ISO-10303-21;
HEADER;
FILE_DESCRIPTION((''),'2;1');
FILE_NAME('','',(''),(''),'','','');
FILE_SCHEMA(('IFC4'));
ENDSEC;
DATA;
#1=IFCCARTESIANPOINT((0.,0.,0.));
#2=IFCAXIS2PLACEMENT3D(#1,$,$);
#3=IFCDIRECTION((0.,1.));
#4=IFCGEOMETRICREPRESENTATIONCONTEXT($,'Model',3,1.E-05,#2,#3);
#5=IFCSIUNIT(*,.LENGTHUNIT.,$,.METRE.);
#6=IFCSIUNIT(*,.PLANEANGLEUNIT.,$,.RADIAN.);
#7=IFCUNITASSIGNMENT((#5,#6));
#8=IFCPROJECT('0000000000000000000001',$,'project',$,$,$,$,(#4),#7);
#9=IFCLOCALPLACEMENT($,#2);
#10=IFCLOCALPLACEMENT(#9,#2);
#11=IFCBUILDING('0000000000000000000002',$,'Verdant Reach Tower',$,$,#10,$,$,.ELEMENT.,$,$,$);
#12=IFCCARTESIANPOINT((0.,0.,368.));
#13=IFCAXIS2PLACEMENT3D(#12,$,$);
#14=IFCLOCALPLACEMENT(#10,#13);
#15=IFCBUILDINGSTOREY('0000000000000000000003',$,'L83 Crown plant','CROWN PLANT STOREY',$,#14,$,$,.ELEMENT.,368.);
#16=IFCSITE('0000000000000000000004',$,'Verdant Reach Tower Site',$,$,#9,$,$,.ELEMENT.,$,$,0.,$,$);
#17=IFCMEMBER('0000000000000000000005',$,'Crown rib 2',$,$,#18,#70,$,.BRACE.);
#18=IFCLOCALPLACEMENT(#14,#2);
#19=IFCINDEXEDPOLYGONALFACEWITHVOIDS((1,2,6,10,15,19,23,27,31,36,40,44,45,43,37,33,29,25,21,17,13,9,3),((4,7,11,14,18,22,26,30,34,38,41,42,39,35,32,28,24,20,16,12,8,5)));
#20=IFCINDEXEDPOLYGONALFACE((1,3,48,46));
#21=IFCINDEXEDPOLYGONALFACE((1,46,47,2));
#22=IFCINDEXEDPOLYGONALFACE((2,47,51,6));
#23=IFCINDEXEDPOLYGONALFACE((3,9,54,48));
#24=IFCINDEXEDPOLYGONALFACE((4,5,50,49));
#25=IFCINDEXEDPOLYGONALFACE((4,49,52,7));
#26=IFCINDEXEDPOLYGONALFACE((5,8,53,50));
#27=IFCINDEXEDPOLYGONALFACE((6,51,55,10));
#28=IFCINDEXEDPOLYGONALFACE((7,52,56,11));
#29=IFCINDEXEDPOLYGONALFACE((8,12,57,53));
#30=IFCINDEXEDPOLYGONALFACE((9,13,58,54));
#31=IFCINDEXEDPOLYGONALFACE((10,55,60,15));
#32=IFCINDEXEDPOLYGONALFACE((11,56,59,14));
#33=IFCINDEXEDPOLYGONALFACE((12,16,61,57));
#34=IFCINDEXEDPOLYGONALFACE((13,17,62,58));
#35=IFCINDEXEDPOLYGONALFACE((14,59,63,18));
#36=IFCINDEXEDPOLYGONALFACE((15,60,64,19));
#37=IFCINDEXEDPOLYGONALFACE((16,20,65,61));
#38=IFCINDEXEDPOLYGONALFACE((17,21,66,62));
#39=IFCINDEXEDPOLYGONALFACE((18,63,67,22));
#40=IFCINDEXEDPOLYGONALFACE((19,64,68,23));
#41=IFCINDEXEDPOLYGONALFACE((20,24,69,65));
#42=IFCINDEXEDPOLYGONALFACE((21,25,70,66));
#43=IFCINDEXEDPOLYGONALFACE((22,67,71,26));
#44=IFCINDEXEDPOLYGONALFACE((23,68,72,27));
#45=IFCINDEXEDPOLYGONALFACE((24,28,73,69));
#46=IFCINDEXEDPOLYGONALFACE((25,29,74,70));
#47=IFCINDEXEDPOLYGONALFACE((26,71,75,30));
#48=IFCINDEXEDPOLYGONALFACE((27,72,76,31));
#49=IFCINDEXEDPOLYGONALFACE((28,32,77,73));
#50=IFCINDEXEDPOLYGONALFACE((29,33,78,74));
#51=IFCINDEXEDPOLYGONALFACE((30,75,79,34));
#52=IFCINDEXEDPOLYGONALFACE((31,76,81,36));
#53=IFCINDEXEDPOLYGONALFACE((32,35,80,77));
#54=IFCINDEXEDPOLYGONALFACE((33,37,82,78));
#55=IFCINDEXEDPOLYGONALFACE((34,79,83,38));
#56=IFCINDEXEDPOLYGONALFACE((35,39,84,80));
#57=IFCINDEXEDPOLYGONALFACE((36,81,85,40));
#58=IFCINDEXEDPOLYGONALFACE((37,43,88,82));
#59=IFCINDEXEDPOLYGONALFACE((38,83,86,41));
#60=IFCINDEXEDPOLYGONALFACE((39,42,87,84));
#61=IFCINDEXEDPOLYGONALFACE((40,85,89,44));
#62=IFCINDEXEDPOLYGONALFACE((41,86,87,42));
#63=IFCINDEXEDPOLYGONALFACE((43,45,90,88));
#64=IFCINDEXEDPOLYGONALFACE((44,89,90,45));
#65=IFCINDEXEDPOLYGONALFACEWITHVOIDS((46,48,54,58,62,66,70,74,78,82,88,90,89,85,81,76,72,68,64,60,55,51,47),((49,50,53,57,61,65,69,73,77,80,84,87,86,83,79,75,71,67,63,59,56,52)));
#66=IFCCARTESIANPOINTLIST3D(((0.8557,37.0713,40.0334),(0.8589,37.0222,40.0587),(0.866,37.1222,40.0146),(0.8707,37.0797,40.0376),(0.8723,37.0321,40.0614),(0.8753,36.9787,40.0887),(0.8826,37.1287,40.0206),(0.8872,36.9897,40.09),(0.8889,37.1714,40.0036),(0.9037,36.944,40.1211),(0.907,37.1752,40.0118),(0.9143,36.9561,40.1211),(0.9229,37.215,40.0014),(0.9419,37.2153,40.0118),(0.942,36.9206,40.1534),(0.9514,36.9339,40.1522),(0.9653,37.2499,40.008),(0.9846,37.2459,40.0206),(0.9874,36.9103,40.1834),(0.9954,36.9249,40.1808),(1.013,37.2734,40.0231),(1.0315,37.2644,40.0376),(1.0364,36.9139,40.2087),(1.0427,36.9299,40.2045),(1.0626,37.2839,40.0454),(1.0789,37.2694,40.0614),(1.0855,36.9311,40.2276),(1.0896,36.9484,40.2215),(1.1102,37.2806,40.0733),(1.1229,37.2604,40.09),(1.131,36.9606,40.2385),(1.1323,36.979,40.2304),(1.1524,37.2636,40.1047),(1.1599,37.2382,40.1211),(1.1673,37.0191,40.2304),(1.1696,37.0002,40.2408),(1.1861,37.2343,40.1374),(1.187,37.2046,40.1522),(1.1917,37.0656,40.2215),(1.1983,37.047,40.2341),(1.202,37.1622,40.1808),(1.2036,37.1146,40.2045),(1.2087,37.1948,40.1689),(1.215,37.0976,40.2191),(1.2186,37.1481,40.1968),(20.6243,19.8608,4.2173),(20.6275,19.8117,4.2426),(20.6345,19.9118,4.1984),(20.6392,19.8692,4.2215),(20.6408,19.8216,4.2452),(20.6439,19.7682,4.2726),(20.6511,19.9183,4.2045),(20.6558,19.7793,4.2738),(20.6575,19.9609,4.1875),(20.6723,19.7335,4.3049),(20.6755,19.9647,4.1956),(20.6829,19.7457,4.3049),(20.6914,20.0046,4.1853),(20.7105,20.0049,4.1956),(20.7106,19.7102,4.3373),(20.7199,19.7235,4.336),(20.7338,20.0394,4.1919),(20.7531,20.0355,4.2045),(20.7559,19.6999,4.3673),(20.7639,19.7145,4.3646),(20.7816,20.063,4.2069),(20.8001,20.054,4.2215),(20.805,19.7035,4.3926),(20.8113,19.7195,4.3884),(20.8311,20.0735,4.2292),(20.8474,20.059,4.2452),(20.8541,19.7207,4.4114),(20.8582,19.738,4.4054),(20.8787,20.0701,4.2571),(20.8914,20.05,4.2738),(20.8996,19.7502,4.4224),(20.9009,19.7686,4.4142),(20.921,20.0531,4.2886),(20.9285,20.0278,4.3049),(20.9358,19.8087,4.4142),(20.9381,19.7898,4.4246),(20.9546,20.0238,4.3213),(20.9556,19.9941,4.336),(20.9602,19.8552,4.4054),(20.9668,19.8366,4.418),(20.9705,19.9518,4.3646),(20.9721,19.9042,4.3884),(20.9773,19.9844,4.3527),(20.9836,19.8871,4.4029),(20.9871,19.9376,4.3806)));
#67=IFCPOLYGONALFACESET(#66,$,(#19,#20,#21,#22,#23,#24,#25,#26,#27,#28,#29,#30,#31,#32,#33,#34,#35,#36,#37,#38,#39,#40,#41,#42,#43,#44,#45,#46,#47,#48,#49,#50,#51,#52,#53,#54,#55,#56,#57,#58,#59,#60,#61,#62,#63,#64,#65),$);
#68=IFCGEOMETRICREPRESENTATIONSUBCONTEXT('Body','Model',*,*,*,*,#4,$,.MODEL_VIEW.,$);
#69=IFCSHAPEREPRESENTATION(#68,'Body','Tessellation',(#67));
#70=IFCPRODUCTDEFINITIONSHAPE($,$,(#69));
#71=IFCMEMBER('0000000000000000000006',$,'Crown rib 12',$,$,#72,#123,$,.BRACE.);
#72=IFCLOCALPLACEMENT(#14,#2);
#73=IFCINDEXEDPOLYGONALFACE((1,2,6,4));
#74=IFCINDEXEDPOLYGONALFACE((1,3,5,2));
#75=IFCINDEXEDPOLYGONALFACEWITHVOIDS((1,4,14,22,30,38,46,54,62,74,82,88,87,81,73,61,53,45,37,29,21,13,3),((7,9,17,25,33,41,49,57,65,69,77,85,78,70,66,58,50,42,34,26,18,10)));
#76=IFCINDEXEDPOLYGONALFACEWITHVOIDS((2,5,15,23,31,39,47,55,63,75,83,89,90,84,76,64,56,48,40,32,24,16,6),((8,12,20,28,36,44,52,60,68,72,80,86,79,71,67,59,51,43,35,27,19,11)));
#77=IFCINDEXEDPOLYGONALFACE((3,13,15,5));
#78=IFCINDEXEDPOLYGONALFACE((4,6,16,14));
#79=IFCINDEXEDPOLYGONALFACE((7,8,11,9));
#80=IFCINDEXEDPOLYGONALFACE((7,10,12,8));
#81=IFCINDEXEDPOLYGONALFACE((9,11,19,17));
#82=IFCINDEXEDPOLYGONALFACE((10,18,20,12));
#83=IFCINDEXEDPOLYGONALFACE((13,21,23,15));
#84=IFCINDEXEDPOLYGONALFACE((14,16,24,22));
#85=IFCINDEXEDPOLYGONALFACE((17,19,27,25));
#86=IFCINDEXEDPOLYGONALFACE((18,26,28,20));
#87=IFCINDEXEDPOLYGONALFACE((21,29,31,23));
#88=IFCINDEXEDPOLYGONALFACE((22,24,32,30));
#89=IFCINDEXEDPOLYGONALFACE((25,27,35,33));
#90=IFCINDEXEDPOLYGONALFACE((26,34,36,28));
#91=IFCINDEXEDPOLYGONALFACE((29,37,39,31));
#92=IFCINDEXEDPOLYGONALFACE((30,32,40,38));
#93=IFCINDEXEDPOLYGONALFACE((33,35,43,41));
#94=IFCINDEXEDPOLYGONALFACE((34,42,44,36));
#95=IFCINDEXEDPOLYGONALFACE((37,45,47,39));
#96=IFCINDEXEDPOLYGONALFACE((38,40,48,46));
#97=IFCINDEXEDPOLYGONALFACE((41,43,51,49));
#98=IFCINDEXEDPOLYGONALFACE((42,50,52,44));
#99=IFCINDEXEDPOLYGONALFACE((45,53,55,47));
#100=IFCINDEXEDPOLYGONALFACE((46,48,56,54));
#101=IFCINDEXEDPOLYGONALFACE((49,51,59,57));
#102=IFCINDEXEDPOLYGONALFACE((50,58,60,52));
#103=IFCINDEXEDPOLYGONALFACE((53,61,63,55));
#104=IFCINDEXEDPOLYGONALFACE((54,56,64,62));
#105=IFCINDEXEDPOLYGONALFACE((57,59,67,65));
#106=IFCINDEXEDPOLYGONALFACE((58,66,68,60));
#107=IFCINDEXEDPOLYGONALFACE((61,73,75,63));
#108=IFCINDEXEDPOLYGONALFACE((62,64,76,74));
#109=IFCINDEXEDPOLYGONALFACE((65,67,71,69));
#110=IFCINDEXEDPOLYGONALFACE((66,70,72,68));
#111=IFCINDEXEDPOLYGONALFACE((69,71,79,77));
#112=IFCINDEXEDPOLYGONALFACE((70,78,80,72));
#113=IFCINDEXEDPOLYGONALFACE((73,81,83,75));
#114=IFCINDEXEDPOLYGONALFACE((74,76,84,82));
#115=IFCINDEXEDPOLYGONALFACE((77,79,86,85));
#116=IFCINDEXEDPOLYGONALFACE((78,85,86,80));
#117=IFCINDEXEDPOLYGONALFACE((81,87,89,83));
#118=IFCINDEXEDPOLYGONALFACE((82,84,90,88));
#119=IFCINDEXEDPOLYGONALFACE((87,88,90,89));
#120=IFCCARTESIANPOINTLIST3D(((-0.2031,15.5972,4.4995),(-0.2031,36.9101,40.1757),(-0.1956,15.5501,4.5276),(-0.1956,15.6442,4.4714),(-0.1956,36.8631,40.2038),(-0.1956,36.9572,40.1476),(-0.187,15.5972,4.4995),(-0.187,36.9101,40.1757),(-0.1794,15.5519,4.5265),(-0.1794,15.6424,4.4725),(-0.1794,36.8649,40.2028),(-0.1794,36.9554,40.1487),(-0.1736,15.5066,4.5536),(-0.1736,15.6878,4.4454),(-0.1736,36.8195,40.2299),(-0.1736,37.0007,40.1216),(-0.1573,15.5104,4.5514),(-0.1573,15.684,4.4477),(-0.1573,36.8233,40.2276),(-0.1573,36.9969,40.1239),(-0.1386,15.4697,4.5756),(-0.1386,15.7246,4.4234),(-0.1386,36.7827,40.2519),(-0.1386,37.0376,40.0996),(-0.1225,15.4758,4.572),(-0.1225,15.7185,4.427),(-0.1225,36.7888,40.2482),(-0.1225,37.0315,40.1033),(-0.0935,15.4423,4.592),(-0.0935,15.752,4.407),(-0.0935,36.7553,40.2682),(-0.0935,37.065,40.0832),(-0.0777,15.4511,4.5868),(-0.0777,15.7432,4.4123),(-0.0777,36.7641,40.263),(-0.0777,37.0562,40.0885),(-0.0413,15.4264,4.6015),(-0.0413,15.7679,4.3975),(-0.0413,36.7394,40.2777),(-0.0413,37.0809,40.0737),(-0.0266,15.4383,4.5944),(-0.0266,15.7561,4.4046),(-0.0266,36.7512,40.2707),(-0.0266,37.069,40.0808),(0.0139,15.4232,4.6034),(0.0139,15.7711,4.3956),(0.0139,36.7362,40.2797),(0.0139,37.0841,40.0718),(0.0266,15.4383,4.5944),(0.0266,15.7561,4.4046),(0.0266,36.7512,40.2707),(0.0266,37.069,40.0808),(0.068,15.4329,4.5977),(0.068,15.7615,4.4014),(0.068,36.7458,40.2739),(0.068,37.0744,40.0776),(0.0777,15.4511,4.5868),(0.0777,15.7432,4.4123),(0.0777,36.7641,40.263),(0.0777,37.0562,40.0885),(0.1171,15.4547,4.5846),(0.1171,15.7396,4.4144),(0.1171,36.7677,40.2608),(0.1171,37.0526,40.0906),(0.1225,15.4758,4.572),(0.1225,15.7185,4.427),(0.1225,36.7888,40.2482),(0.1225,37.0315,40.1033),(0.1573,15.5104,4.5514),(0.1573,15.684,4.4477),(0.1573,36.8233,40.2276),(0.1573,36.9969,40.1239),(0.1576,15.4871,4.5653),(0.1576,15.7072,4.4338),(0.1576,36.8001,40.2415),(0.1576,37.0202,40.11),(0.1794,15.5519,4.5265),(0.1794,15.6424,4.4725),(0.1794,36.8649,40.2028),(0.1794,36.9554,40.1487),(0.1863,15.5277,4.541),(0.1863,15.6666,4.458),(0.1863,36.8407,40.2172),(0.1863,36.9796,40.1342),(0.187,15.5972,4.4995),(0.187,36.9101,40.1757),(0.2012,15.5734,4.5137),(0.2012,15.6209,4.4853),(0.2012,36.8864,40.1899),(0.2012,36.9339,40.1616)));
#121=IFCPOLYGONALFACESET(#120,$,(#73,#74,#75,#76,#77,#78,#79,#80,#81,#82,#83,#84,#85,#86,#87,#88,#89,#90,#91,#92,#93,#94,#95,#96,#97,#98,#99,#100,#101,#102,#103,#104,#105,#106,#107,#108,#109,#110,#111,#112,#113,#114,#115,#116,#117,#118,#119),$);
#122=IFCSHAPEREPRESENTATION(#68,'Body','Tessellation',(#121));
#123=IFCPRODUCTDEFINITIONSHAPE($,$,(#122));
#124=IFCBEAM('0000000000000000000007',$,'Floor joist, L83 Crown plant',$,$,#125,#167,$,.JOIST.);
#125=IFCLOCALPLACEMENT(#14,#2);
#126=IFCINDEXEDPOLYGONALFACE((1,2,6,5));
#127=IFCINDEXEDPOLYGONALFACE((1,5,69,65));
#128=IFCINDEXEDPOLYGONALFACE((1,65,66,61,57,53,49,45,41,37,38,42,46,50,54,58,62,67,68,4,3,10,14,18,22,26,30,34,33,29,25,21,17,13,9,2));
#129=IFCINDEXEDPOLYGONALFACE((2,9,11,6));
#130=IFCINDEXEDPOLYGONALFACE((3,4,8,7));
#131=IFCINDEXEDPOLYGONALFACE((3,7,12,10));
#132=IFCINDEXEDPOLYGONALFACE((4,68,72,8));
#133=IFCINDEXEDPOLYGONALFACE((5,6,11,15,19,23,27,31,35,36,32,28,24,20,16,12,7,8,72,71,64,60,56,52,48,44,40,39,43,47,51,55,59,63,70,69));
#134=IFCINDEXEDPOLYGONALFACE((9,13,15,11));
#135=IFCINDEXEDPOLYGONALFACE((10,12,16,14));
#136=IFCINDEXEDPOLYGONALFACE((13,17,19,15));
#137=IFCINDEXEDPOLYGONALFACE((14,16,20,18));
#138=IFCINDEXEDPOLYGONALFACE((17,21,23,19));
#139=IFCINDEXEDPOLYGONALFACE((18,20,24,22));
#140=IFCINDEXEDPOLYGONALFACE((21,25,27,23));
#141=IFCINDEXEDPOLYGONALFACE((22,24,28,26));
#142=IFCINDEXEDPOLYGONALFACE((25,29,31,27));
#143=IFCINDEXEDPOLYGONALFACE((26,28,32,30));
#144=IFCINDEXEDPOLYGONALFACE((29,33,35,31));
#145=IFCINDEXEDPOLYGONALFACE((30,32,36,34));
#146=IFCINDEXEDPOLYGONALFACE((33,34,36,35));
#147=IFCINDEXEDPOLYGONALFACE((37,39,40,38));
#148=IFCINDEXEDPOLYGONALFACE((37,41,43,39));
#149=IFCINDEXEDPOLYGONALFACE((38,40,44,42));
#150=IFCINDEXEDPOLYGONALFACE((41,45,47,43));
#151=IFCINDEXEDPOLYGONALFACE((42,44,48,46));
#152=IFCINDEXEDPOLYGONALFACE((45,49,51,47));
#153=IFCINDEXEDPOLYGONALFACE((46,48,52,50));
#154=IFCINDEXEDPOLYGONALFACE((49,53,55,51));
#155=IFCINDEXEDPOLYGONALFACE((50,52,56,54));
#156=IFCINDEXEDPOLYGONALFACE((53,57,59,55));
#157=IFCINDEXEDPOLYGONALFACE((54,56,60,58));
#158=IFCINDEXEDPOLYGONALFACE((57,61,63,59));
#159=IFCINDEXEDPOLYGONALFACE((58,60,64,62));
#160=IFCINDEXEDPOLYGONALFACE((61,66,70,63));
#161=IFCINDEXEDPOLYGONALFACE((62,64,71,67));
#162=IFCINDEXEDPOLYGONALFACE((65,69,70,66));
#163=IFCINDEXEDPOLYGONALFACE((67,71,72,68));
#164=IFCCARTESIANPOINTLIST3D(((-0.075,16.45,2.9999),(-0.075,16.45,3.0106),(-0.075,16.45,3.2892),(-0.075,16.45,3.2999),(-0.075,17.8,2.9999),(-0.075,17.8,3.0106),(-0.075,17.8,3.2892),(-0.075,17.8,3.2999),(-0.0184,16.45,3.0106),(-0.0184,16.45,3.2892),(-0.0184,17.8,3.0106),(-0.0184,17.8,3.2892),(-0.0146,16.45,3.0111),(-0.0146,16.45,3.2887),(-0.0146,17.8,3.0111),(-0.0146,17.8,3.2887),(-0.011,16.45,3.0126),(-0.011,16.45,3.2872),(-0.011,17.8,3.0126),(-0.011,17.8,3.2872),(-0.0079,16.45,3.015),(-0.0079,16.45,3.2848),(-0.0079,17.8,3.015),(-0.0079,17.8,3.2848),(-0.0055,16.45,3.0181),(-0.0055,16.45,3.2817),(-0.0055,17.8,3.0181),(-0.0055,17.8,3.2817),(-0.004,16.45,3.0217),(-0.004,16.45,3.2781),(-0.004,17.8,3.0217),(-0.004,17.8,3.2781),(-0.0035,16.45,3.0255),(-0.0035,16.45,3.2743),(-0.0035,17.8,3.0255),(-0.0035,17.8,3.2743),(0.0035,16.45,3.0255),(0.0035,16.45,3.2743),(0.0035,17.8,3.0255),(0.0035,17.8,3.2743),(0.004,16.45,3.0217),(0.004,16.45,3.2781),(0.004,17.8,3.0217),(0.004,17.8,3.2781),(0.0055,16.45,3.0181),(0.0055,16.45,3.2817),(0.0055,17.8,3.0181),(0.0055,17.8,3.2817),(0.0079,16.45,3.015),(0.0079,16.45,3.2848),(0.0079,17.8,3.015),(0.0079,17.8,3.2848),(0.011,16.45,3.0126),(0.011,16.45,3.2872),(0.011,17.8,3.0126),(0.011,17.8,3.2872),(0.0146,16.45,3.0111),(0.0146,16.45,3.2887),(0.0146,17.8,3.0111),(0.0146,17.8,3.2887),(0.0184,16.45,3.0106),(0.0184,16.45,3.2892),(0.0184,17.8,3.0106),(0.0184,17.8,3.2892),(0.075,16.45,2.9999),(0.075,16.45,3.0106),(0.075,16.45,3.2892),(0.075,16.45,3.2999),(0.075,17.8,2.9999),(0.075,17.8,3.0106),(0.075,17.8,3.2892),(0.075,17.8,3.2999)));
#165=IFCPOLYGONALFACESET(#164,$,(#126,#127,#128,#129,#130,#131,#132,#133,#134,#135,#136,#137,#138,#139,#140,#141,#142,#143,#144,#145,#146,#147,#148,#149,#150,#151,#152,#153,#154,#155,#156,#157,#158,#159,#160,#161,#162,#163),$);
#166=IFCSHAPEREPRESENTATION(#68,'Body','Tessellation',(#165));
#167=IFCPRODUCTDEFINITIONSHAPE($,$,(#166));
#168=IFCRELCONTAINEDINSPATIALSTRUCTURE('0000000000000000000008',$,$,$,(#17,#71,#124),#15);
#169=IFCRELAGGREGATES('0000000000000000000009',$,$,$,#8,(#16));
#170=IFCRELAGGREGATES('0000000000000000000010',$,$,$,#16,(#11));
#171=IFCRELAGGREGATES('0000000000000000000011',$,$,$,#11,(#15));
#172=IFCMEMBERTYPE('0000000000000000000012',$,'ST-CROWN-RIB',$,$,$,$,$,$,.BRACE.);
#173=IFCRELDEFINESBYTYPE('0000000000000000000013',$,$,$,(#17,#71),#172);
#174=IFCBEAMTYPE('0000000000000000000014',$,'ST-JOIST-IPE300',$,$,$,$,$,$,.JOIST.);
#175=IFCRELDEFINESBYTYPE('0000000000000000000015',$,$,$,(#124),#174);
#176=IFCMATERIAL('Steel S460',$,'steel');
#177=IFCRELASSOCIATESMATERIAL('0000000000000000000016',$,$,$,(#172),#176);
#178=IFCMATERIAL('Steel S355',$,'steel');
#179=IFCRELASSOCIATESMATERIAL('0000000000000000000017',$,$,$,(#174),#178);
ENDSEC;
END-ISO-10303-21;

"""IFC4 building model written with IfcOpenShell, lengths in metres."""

from ifc_helpers import new_model, si_unit, direction, frame, origin, origin_2d, place, context, subcontext, project, spatial, hollow_circle, i_section, extrude, material, material_profile, profile_set, type_object, element, save


model = new_model("IFC4")

# Units and contexts
model_context = context("Model", 3, precision=1e-05, world=origin(), true_north=direction((0.0, 1.0)))
body_context = subcontext(model_context, "Body", "Model", "MODEL_VIEW")
ifc_project = project(units=[si_unit("LENGTHUNIT", "METRE"), si_unit("PLANEANGLEUNIT", "RADIAN")], contexts=[model_context])

# Site, building, storey
site_placement = place(None, origin())
site = spatial("IfcSite", under=ifc_project, at=site_placement, Name="Verdant Reach Tower Site", CompositionType="ELEMENT", RefElevation=0.0)
building_placement = place(site_placement, origin())
building = spatial("IfcBuilding", under=site, at=building_placement, Name="Verdant Reach Tower", CompositionType="ELEMENT")
storey_placement = place(building_placement, frame((0.0, 0.0, 368.0)))
storey = spatial("IfcBuildingStorey", under=building, at=storey_placement, Name="L83 Crown plant", Description="CROWN PLANT STOREY", CompositionType="ELEMENT", Elevation=368.0)

# Shared definitions
ifc_material_1 = material(Name="Steel S355", Category="steel")

# Members
ifc_material_2 = material(Name="Steel S460", Category="steel")
ifc_material_profile_1 = material_profile(ifc_material_2, hollow_circle(Radius=0.2031, WallThickness=0.0161, at=origin_2d()), Name="CHS 406.4x16")
ifc_profile_set_1 = profile_set([ifc_material_profile_1], Name="Steel S460")
member_type_1 = type_object("IfcMemberType", Name="ST-CROWN-RIB", PredefinedType="BRACE", material=ifc_profile_set_1)
member_1_placement = place(storey_placement, frame((20.8057, 19.8867, 4.3049), z_axis=(-0.445415, 0.387777, 0.806991), x_axis=(-0.656622, -0.75422, 0.0)))
element("IfcMember", 1, at=member_1_placement, inside=storey, type_object=member_type_1, Name="Crown rib 2", PredefinedType="BRACE", context=body_context, shape_type="SweptSolid", body=[
    extrude(hollow_circle(Radius=0.2031, WallThickness=0.0161, at=origin_2d()), origin(), (0.0, 0.0, 1.0), 44.3823),
])
member_2_placement = place(storey_placement, frame((0.0, 15.5972, 4.4995), z_axis=(0.0, 0.512853, 0.858476), x_axis=(-1.0, 0.0, 0.0)))
element("IfcMember", 2, at=member_2_placement, inside=storey, type_object=member_type_1, Name="Crown rib 12", PredefinedType="BRACE", context=body_context, shape_type="SweptSolid", body=[
    extrude(hollow_circle(Radius=0.2031, WallThickness=0.0161, at=origin_2d()), origin(), (0.0, 0.0, 1.0), 41.5576),
])

# Beam
ifc_material_profile_2 = material_profile(ifc_material_1, i_section(OverallWidth=0.1499, OverallDepth=0.3, WebThickness=0.0071, FlangeThickness=0.0107, FilletRadius=0.0149, at=origin_2d()), Name="IPE 300")
ifc_profile_set_2 = profile_set([ifc_material_profile_2], Name="Steel S355")
beam_type_1 = type_object("IfcBeamType", Name="ST-JOIST-IPE300", PredefinedType="JOIST", material=ifc_profile_set_2)
beam_1_placement = place(storey_placement, frame((0.0, 17.8, 3.1499), z_axis=(0.0, -1.0, 0.0), x_axis=(1.0, 0.0, 0.0)))
element("IfcBeam", 3, at=beam_1_placement, inside=storey, type_object=beam_type_1, Name="Floor joist, L83 Crown plant", PredefinedType="JOIST", context=body_context, shape_type="SweptSolid", body=[
    extrude(i_section(OverallWidth=0.1499, OverallDepth=0.3, WebThickness=0.0071, FlangeThickness=0.0107, FilletRadius=0.0149, at=origin_2d()), origin(), (0.0, 0.0, 1.0), 1.3501),
])

save(model, "model.ifc")
